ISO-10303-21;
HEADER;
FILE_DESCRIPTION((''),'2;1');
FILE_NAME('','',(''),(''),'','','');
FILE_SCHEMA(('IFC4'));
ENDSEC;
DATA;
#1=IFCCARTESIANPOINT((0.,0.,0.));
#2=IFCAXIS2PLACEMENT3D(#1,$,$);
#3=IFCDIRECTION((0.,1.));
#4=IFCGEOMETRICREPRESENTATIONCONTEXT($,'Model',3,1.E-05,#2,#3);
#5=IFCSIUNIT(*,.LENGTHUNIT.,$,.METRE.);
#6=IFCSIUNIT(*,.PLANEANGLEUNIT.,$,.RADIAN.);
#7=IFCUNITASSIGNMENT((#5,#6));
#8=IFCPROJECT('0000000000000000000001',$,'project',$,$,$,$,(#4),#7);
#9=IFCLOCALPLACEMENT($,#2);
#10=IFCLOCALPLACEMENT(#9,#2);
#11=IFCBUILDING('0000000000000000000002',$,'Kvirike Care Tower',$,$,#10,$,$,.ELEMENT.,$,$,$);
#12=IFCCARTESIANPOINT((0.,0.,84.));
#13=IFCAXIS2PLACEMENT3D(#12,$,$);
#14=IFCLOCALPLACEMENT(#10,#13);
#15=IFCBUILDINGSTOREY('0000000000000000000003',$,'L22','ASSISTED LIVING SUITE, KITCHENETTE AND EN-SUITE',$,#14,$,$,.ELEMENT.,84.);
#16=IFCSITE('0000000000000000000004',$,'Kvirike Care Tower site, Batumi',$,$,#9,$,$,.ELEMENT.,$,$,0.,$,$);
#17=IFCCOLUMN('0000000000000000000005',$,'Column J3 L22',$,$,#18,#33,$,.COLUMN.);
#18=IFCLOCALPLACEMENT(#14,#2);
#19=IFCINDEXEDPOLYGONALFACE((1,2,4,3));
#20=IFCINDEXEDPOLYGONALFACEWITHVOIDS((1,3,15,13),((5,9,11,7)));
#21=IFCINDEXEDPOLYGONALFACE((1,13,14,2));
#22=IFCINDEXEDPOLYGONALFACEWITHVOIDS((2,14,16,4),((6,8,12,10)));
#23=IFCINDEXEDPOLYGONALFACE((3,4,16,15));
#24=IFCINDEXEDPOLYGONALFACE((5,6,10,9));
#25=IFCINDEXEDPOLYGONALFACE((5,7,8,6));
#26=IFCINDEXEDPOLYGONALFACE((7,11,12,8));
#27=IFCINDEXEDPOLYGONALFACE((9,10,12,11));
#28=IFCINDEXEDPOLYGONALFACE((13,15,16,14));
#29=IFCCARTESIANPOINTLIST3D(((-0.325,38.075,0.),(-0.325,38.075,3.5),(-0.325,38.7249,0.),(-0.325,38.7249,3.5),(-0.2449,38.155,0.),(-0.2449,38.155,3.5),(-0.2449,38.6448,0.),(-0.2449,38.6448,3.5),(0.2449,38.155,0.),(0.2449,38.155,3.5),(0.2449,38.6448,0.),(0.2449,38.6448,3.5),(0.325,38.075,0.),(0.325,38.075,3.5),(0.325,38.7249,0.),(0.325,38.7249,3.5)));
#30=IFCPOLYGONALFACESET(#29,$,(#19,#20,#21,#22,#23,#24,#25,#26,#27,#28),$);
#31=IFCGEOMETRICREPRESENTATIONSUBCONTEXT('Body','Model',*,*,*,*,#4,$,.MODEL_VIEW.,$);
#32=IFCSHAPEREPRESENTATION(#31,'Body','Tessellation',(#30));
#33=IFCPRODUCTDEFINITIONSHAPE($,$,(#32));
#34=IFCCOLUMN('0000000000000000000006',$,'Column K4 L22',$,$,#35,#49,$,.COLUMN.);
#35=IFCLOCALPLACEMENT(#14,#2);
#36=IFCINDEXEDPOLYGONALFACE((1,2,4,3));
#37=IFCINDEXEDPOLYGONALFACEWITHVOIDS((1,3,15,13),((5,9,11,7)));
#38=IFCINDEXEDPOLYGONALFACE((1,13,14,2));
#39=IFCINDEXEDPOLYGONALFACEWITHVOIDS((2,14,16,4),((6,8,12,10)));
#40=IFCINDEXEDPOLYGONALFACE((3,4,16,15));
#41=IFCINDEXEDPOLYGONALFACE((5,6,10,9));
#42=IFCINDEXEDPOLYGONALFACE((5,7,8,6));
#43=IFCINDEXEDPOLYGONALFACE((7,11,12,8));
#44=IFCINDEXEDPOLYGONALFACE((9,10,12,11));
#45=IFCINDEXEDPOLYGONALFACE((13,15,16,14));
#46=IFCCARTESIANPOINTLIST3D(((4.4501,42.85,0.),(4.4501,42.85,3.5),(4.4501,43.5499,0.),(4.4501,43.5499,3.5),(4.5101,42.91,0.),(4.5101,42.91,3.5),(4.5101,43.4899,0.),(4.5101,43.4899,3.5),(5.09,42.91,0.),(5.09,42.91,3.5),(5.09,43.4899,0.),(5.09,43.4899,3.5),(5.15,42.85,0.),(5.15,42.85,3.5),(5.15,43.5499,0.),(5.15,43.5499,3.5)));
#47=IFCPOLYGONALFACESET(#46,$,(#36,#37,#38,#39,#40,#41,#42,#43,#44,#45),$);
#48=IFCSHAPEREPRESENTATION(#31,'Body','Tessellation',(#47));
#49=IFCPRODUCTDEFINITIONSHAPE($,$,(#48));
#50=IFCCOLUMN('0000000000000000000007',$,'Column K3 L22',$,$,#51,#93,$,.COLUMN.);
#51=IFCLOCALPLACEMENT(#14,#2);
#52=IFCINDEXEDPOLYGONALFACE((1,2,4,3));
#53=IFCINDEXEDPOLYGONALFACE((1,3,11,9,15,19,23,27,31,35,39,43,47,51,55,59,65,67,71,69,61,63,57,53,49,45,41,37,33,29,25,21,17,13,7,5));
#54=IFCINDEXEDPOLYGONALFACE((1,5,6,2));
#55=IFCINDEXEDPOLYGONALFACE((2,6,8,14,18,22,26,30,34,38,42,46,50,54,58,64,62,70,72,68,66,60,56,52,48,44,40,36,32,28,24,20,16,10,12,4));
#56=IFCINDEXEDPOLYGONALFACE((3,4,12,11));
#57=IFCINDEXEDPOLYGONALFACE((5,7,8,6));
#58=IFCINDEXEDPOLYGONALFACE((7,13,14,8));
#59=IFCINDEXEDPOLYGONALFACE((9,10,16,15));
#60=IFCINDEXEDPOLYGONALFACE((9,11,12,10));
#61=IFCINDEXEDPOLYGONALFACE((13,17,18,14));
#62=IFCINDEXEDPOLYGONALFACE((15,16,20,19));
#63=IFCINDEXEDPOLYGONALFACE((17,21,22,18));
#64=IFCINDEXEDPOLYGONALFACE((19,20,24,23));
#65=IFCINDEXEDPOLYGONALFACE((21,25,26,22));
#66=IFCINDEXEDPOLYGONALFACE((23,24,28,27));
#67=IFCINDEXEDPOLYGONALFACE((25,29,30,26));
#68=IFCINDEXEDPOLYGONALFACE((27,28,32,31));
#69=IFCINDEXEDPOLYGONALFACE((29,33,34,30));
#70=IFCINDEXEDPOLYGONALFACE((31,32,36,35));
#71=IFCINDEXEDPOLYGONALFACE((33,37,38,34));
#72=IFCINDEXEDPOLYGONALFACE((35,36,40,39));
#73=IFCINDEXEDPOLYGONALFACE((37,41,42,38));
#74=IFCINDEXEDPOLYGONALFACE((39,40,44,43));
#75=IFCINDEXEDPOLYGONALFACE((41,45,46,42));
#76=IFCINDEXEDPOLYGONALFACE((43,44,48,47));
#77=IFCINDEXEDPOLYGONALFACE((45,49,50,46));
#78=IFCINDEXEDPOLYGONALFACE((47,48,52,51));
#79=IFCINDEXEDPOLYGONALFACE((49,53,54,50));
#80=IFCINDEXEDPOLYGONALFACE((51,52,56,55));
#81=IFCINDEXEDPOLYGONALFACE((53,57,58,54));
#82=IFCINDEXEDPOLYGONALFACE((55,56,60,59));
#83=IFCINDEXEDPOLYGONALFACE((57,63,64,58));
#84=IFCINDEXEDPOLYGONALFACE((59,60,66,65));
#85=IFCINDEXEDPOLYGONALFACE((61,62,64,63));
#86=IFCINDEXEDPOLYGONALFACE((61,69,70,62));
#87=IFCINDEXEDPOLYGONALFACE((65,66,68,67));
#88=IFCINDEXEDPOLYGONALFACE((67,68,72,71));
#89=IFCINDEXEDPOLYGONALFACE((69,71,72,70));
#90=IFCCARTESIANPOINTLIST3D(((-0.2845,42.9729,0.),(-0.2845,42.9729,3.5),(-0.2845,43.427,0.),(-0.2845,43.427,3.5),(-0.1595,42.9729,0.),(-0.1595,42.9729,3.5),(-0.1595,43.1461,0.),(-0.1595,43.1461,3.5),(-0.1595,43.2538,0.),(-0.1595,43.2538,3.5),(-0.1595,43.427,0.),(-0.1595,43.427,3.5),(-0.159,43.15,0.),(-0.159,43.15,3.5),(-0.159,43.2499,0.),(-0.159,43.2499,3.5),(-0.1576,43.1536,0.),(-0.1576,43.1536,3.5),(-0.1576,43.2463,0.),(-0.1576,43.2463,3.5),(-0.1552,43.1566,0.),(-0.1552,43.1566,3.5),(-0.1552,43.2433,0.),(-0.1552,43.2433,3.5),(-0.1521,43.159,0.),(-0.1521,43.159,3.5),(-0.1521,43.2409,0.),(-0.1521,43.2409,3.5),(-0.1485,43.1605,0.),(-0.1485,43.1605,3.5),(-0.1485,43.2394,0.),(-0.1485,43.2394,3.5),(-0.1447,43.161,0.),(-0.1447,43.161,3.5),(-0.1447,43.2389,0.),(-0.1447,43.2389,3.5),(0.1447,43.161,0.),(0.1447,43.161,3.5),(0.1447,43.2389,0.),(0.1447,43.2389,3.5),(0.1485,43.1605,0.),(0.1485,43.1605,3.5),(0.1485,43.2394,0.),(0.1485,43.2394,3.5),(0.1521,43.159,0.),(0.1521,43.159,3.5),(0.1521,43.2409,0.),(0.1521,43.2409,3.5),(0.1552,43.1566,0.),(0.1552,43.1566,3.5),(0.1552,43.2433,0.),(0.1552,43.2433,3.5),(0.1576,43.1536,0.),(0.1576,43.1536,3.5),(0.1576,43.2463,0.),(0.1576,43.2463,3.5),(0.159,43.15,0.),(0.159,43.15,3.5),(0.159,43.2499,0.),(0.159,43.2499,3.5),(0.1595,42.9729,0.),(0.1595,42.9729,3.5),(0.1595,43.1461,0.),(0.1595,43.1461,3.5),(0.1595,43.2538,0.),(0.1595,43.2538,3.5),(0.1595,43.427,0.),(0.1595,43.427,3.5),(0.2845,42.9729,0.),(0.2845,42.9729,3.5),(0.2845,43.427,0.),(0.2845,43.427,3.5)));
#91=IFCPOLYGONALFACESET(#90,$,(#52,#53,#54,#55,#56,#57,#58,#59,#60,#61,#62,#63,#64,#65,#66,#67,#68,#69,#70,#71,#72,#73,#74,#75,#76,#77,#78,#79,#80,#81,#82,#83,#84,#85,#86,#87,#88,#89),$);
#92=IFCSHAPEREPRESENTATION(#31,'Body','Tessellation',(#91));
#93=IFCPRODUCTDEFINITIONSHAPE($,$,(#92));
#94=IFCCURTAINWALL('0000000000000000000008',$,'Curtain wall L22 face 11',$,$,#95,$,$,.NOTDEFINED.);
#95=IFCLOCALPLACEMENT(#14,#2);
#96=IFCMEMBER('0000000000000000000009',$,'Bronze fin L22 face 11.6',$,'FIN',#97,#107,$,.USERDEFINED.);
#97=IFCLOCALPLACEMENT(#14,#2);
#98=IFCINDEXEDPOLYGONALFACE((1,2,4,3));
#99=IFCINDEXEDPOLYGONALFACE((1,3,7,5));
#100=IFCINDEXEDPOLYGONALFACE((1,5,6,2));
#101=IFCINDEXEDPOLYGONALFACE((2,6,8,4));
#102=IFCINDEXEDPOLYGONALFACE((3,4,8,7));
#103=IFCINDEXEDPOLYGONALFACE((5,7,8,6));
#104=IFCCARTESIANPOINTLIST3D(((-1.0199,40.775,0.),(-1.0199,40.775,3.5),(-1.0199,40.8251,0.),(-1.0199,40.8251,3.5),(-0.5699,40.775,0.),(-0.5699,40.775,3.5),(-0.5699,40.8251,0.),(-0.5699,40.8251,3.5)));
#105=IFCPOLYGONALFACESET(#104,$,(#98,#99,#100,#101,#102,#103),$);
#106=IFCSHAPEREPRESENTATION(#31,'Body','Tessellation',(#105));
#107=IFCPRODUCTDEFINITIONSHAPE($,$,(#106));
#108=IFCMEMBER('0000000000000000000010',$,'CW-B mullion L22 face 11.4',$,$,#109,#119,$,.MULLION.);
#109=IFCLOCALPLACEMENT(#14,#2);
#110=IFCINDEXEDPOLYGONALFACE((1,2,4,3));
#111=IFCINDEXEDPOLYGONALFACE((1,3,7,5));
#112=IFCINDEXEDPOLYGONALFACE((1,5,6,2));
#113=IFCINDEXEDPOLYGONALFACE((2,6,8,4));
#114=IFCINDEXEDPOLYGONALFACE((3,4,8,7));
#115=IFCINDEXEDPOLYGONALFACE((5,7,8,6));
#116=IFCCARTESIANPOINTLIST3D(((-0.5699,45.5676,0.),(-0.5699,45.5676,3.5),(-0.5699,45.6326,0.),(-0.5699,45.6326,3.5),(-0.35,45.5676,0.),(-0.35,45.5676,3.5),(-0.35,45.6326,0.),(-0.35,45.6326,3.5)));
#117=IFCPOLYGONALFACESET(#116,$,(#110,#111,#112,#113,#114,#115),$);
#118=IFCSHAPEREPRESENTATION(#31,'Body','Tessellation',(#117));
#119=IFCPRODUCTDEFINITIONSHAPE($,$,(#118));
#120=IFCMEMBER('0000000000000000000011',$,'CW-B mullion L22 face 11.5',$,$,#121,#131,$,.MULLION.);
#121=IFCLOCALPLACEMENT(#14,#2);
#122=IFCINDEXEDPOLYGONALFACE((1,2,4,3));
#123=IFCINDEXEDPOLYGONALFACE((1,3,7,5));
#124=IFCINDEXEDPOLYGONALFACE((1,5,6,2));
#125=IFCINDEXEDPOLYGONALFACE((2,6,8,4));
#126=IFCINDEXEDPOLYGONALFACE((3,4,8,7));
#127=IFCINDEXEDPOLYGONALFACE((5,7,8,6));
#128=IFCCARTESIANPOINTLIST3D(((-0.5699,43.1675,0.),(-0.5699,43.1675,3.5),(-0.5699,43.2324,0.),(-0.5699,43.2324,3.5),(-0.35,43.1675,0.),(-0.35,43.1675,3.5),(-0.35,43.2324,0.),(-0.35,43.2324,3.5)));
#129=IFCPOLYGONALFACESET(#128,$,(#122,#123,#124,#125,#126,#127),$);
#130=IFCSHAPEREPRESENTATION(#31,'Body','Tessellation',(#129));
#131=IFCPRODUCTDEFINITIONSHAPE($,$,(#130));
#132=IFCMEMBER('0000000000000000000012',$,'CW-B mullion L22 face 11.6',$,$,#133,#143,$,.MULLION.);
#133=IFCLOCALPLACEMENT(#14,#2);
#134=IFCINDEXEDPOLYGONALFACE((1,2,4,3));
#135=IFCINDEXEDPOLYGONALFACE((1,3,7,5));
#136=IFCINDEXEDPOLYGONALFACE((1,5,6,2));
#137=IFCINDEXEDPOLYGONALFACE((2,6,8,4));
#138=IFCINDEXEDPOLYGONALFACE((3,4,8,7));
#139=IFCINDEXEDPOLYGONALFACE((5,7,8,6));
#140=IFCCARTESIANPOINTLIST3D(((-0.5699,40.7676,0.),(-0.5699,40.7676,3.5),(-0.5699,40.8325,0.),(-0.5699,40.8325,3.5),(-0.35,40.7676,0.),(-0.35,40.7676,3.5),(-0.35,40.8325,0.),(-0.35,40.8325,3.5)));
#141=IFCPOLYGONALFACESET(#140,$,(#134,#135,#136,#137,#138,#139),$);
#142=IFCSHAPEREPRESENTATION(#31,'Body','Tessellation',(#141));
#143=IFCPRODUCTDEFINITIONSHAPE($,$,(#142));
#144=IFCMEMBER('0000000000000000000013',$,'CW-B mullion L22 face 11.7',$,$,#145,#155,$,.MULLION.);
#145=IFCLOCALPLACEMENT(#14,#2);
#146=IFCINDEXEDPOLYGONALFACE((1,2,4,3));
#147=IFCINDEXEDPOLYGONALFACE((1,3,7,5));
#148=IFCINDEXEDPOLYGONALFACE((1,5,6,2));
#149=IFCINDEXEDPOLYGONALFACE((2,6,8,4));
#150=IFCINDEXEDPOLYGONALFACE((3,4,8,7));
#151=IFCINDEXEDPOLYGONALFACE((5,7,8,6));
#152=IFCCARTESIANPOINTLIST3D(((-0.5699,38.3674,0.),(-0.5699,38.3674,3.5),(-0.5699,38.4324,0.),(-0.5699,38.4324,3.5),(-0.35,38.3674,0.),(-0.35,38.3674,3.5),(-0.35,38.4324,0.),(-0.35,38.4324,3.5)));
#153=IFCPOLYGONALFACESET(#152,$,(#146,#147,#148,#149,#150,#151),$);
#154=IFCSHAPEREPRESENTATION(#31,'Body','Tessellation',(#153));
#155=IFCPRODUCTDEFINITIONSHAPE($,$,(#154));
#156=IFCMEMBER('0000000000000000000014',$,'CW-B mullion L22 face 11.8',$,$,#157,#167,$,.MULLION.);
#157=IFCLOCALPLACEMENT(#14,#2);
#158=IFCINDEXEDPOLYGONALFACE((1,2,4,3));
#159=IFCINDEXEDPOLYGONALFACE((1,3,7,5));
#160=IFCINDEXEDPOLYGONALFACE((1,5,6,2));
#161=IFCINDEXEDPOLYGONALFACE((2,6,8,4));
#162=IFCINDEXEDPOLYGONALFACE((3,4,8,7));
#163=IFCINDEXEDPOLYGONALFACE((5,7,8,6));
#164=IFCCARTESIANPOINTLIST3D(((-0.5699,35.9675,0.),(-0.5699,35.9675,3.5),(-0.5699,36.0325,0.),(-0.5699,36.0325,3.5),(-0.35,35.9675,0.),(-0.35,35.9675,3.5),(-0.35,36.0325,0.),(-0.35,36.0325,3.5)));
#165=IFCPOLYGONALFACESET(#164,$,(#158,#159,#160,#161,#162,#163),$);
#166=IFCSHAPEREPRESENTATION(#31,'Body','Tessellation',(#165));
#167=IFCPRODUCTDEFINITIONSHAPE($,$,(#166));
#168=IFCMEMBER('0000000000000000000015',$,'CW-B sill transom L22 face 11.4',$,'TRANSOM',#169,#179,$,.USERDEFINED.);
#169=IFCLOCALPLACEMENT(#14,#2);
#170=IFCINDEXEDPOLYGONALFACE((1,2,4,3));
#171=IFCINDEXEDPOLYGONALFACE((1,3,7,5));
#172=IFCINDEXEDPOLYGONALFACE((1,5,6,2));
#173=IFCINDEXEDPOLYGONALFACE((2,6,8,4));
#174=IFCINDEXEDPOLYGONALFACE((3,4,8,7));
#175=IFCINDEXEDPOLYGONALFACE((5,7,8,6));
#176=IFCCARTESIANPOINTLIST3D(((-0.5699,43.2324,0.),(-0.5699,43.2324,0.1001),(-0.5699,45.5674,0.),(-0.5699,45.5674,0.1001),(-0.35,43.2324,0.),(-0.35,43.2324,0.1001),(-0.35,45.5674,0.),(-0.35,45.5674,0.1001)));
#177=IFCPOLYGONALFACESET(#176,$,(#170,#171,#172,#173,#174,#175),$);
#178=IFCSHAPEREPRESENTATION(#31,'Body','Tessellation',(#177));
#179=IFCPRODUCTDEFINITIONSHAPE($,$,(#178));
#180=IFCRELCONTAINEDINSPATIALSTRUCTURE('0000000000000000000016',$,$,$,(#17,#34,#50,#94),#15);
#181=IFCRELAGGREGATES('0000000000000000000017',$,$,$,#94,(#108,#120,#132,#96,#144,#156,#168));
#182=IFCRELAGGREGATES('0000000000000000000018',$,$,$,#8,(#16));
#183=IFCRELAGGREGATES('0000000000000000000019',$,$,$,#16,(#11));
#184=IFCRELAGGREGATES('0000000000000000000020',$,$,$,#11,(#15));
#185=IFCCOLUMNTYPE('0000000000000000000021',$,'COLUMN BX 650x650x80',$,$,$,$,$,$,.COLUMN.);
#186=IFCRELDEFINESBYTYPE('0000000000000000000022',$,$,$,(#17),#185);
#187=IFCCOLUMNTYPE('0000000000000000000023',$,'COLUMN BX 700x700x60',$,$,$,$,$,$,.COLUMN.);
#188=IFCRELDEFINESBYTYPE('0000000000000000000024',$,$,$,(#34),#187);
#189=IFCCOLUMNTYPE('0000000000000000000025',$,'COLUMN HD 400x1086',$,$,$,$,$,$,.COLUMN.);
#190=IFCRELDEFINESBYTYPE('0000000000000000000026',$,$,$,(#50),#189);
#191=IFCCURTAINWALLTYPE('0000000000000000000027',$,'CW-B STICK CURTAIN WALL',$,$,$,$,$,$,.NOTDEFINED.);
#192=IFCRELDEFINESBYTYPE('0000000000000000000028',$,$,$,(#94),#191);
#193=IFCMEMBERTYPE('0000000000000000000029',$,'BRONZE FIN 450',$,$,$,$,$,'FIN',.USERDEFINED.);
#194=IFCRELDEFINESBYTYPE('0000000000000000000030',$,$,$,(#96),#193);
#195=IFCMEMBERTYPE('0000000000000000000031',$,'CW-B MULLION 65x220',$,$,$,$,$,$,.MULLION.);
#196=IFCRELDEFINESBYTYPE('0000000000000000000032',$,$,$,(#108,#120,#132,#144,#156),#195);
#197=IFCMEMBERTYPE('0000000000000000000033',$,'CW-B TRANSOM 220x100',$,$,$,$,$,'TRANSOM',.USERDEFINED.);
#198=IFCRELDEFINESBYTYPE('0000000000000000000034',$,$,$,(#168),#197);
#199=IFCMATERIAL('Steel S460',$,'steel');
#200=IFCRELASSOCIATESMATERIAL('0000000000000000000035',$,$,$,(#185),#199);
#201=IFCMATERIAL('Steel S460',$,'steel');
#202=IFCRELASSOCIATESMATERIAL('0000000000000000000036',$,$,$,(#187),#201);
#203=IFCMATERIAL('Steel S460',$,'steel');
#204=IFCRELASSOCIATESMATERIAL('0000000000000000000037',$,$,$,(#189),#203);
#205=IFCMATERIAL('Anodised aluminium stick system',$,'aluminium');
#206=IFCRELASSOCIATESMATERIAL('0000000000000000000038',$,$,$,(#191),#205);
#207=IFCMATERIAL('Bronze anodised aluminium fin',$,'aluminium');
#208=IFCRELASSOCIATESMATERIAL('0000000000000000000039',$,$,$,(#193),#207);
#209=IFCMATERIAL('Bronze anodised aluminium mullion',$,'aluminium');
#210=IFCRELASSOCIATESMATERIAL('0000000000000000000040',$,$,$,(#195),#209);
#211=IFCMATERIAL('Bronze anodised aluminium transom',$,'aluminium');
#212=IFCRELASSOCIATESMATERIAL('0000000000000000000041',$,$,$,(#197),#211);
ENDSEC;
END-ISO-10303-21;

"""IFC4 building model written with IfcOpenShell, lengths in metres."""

from ifc_helpers import new_model, si_unit, direction, frame, origin, origin_2d, place, context, subcontext, project, spatial, rectangle, hollow_rectangle, i_section, extrude, material, material_profile, profile_set, type_object, element, aggregate, save


model = new_model("IFC4")

# Units and contexts
model_context = context("Model", 3, precision=1e-05, world=origin(), true_north=direction((0.0, 1.0)))
body_context = subcontext(model_context, "Body", "Model", "MODEL_VIEW")
ifc_project = project(units=[si_unit("LENGTHUNIT", "METRE"), si_unit("PLANEANGLEUNIT", "RADIAN")], contexts=[model_context])

# Site, building, storey
site_placement = place(None, origin())
site = spatial("IfcSite", under=ifc_project, at=site_placement, Name="Kvirike Care Tower site, Batumi", CompositionType="ELEMENT", RefElevation=0.0)
building_placement = place(site_placement, origin())
building = spatial("IfcBuilding", under=site, at=building_placement, Name="Kvirike Care Tower", CompositionType="ELEMENT")
storey_placement = place(building_placement, frame((0.0, 0.0, 84.0)))
storey = spatial("IfcBuildingStorey", under=building, at=storey_placement, Name="L22", Description="ASSISTED LIVING SUITE, KITCHENETTE AND EN-SUITE", CompositionType="ELEMENT", Elevation=84.0)

# Columns
ifc_material_1 = material(Name="Steel S460", Category="steel")
ifc_material_profile_1 = material_profile(ifc_material_1, hollow_rectangle(XDim=0.6499, YDim=0.6499, WallThickness=0.0801, at=origin_2d()), Name="BX 650x650x80")
ifc_profile_set_1 = profile_set([ifc_material_profile_1], Name="Steel S460")
column_type_1 = type_object("IfcColumnType", Name="COLUMN BX 650x650x80", PredefinedType="COLUMN", material=ifc_profile_set_1)
column_1_placement = place(storey_placement, frame((0.0, 38.3999, 0.0), z_axis=(0.0, 0.0, 1.0), x_axis=(1.0, 0.0, 0.0)))
element("IfcColumn", 1, at=column_1_placement, inside=storey, type_object=column_type_1, Name="Column J3 L22", PredefinedType="COLUMN", context=body_context, shape_type="SweptSolid", body=[
    extrude(hollow_rectangle(XDim=0.6499, YDim=0.6499, WallThickness=0.0801, at=origin_2d()), origin(), (0.0, 0.0, 1.0), 3.5),
])
ifc_material_2 = material(Name="Steel S460", Category="steel")
ifc_material_profile_2 = material_profile(ifc_material_2, hollow_rectangle(XDim=0.7, YDim=0.7, WallThickness=0.0601, at=origin_2d()), Name="BX 700x700x60")
ifc_profile_set_2 = profile_set([ifc_material_profile_2], Name="Steel S460")
column_type_2 = type_object("IfcColumnType", Name="COLUMN BX 700x700x60", PredefinedType="COLUMN", material=ifc_profile_set_2)
column_2_placement = place(storey_placement, frame((4.8, 43.2, 0.0), z_axis=(0.0, 0.0, 1.0), x_axis=(0.0, 1.0, 0.0)))
element("IfcColumn", 2, at=column_2_placement, inside=storey, type_object=column_type_2, Name="Column K4 L22", PredefinedType="COLUMN", context=body_context, shape_type="SweptSolid", body=[
    extrude(hollow_rectangle(XDim=0.7, YDim=0.7, WallThickness=0.0601, at=origin_2d()), origin(), (0.0, 0.0, 1.0), 3.5),
])
ifc_material_3 = material(Name="Steel S460", Category="steel")
ifc_material_profile_3 = material_profile(ifc_material_3, i_section(OverallWidth=0.4541, OverallDepth=0.5691, WebThickness=0.0779, FlangeThickness=0.125, FilletRadius=0.0149, at=origin_2d()), Name="HD 400x1086")
ifc_profile_set_3 = profile_set([ifc_material_profile_3], Name="Steel S460")
column_type_3 = type_object("IfcColumnType", Name="COLUMN HD 400x1086", PredefinedType="COLUMN", material=ifc_profile_set_3)
column_3_placement = place(storey_placement, frame((0.0, 43.2, 0.0), z_axis=(0.0, 0.0, 1.0), x_axis=(0.0, 1.0, 0.0)))
element("IfcColumn", 3, at=column_3_placement, inside=storey, type_object=column_type_3, Name="Column K3 L22", PredefinedType="COLUMN", context=body_context, shape_type="SweptSolid", body=[
    extrude(i_section(OverallWidth=0.4541, OverallDepth=0.5691, WebThickness=0.0779, FlangeThickness=0.125, FilletRadius=0.0149, at=origin_2d()), origin(), (0.0, 0.0, 1.0), 3.5),
])

# Curtain wall, members
ifc_material_4 = material(Name="Anodised aluminium stick system", Category="aluminium")
curtain_wall_type = type_object("IfcCurtainWallType", Name="CW-B STICK CURTAIN WALL", PredefinedType="NOTDEFINED", material=ifc_material_4)
curtain_wall_placement = place(storey_placement, origin())
curtain_wall = element("IfcCurtainWall", 4, at=curtain_wall_placement, inside=storey, type_object=curtain_wall_type, Name="Curtain wall L22 face 11", PredefinedType="NOTDEFINED")
ifc_material_5 = material(Name="Bronze anodised aluminium fin", Category="aluminium")
ifc_material_profile_4 = material_profile(ifc_material_5, rectangle(XDim=0.05, YDim=0.45, at=origin_2d()), Name="BRONZE FIN 450")
ifc_profile_set_4 = profile_set([ifc_material_profile_4], Name="Bronze anodised aluminium fin")
member_type_1 = type_object("IfcMemberType", Name="BRONZE FIN 450", ElementType="FIN", PredefinedType="USERDEFINED", material=ifc_profile_set_4)
member_1_placement = place(storey_placement, frame((-0.7949, 40.8, 0.0), z_axis=(0.0, 0.0, 1.0), x_axis=(0.0, -1.0, 0.0)))
member_1 = element("IfcMember", 5, at=member_1_placement, type_object=member_type_1, Name="Bronze fin L22 face 11.6", ObjectType="FIN", PredefinedType="USERDEFINED", context=body_context, shape_type="SweptSolid", body=[
    extrude(rectangle(XDim=0.05, YDim=0.45, at=origin_2d()), origin(), (0.0, 0.0, 1.0), 3.5),
])
ifc_material_6 = material(Name="Bronze anodised aluminium mullion", Category="aluminium")
ifc_material_profile_5 = material_profile(ifc_material_6, rectangle(XDim=0.0649, YDim=0.22, at=origin_2d()), Name="CW-B MULLION 65x220")
ifc_profile_set_5 = profile_set([ifc_material_profile_5], Name="Bronze anodised aluminium mullion")
member_type_2 = type_object("IfcMemberType", Name="CW-B MULLION 65x220", PredefinedType="MULLION", material=ifc_profile_set_5)
member_2_placement = place(storey_placement, frame((-0.46, 45.6001, 0.0), z_axis=(0.0, 0.0, 1.0), x_axis=(0.0, -1.0, 0.0)))
member_2 = element("IfcMember", 6, at=member_2_placement, type_object=member_type_2, Name="CW-B mullion L22 face 11.4", PredefinedType="MULLION", context=body_context, shape_type="SweptSolid", body=[
    extrude(rectangle(XDim=0.0649, YDim=0.22, at=origin_2d()), origin(), (0.0, 0.0, 1.0), 3.5),
])
member_3_placement = place(storey_placement, frame((-0.46, 43.2, 0.0), z_axis=(0.0, 0.0, 1.0), x_axis=(0.0, -1.0, 0.0)))
member_3 = element("IfcMember", 7, at=member_3_placement, type_object=member_type_2, Name="CW-B mullion L22 face 11.5", PredefinedType="MULLION", context=body_context, shape_type="SweptSolid", body=[
    extrude(rectangle(XDim=0.0649, YDim=0.22, at=origin_2d()), origin(), (0.0, 0.0, 1.0), 3.5),
])
member_4_placement = place(storey_placement, frame((-0.46, 40.8, 0.0), z_axis=(0.0, 0.0, 1.0), x_axis=(0.0, -1.0, 0.0)))
member_4 = element("IfcMember", 8, at=member_4_placement, type_object=member_type_2, Name="CW-B mullion L22 face 11.6", PredefinedType="MULLION", context=body_context, shape_type="SweptSolid", body=[
    extrude(rectangle(XDim=0.0649, YDim=0.22, at=origin_2d()), origin(), (0.0, 0.0, 1.0), 3.5),
])
member_5_placement = place(storey_placement, frame((-0.46, 38.3999, 0.0), z_axis=(0.0, 0.0, 1.0), x_axis=(0.0, -1.0, 0.0)))
member_5 = element("IfcMember", 9, at=member_5_placement, type_object=member_type_2, Name="CW-B mullion L22 face 11.7", PredefinedType="MULLION", context=body_context, shape_type="SweptSolid", body=[
    extrude(rectangle(XDim=0.0649, YDim=0.22, at=origin_2d()), origin(), (0.0, 0.0, 1.0), 3.5),
])
member_6_placement = place(storey_placement, frame((-0.46, 36.0, 0.0), z_axis=(0.0, 0.0, 1.0), x_axis=(0.0, -1.0, 0.0)))
member_6 = element("IfcMember", 10, at=member_6_placement, type_object=member_type_2, Name="CW-B mullion L22 face 11.8", PredefinedType="MULLION", context=body_context, shape_type="SweptSolid", body=[
    extrude(rectangle(XDim=0.0649, YDim=0.22, at=origin_2d()), origin(), (0.0, 0.0, 1.0), 3.5),
])
ifc_material_7 = material(Name="Bronze anodised aluminium transom", Category="aluminium")
ifc_material_profile_6 = material_profile(ifc_material_7, rectangle(XDim=0.22, YDim=0.1001, at=origin_2d()), Name="CW-B TRANSOM 220x100")
ifc_profile_set_6 = profile_set([ifc_material_profile_6], Name="Bronze anodised aluminium transom")
member_type_3 = type_object("IfcMemberType", Name="CW-B TRANSOM 220x100", ElementType="TRANSOM", PredefinedType="USERDEFINED", material=ifc_profile_set_6)
member_7_placement = place(storey_placement, frame((-0.46, 45.5674, 0.05), z_axis=(0.0, -1.0, 0.0), x_axis=(1.0, 0.0, 0.0)))
member_7 = element("IfcMember", 11, at=member_7_placement, type_object=member_type_3, Name="CW-B sill transom L22 face 11.4", ObjectType="TRANSOM", PredefinedType="USERDEFINED", context=body_context, shape_type="SweptSolid", body=[
    extrude(rectangle(XDim=0.22, YDim=0.1001, at=origin_2d()), origin(), (0.0, 0.0, 1.0), 2.335),
])

aggregate(curtain_wall, [member_2, member_3, member_4, member_1, member_5, member_6, member_7])

save(model, "model.ifc")
